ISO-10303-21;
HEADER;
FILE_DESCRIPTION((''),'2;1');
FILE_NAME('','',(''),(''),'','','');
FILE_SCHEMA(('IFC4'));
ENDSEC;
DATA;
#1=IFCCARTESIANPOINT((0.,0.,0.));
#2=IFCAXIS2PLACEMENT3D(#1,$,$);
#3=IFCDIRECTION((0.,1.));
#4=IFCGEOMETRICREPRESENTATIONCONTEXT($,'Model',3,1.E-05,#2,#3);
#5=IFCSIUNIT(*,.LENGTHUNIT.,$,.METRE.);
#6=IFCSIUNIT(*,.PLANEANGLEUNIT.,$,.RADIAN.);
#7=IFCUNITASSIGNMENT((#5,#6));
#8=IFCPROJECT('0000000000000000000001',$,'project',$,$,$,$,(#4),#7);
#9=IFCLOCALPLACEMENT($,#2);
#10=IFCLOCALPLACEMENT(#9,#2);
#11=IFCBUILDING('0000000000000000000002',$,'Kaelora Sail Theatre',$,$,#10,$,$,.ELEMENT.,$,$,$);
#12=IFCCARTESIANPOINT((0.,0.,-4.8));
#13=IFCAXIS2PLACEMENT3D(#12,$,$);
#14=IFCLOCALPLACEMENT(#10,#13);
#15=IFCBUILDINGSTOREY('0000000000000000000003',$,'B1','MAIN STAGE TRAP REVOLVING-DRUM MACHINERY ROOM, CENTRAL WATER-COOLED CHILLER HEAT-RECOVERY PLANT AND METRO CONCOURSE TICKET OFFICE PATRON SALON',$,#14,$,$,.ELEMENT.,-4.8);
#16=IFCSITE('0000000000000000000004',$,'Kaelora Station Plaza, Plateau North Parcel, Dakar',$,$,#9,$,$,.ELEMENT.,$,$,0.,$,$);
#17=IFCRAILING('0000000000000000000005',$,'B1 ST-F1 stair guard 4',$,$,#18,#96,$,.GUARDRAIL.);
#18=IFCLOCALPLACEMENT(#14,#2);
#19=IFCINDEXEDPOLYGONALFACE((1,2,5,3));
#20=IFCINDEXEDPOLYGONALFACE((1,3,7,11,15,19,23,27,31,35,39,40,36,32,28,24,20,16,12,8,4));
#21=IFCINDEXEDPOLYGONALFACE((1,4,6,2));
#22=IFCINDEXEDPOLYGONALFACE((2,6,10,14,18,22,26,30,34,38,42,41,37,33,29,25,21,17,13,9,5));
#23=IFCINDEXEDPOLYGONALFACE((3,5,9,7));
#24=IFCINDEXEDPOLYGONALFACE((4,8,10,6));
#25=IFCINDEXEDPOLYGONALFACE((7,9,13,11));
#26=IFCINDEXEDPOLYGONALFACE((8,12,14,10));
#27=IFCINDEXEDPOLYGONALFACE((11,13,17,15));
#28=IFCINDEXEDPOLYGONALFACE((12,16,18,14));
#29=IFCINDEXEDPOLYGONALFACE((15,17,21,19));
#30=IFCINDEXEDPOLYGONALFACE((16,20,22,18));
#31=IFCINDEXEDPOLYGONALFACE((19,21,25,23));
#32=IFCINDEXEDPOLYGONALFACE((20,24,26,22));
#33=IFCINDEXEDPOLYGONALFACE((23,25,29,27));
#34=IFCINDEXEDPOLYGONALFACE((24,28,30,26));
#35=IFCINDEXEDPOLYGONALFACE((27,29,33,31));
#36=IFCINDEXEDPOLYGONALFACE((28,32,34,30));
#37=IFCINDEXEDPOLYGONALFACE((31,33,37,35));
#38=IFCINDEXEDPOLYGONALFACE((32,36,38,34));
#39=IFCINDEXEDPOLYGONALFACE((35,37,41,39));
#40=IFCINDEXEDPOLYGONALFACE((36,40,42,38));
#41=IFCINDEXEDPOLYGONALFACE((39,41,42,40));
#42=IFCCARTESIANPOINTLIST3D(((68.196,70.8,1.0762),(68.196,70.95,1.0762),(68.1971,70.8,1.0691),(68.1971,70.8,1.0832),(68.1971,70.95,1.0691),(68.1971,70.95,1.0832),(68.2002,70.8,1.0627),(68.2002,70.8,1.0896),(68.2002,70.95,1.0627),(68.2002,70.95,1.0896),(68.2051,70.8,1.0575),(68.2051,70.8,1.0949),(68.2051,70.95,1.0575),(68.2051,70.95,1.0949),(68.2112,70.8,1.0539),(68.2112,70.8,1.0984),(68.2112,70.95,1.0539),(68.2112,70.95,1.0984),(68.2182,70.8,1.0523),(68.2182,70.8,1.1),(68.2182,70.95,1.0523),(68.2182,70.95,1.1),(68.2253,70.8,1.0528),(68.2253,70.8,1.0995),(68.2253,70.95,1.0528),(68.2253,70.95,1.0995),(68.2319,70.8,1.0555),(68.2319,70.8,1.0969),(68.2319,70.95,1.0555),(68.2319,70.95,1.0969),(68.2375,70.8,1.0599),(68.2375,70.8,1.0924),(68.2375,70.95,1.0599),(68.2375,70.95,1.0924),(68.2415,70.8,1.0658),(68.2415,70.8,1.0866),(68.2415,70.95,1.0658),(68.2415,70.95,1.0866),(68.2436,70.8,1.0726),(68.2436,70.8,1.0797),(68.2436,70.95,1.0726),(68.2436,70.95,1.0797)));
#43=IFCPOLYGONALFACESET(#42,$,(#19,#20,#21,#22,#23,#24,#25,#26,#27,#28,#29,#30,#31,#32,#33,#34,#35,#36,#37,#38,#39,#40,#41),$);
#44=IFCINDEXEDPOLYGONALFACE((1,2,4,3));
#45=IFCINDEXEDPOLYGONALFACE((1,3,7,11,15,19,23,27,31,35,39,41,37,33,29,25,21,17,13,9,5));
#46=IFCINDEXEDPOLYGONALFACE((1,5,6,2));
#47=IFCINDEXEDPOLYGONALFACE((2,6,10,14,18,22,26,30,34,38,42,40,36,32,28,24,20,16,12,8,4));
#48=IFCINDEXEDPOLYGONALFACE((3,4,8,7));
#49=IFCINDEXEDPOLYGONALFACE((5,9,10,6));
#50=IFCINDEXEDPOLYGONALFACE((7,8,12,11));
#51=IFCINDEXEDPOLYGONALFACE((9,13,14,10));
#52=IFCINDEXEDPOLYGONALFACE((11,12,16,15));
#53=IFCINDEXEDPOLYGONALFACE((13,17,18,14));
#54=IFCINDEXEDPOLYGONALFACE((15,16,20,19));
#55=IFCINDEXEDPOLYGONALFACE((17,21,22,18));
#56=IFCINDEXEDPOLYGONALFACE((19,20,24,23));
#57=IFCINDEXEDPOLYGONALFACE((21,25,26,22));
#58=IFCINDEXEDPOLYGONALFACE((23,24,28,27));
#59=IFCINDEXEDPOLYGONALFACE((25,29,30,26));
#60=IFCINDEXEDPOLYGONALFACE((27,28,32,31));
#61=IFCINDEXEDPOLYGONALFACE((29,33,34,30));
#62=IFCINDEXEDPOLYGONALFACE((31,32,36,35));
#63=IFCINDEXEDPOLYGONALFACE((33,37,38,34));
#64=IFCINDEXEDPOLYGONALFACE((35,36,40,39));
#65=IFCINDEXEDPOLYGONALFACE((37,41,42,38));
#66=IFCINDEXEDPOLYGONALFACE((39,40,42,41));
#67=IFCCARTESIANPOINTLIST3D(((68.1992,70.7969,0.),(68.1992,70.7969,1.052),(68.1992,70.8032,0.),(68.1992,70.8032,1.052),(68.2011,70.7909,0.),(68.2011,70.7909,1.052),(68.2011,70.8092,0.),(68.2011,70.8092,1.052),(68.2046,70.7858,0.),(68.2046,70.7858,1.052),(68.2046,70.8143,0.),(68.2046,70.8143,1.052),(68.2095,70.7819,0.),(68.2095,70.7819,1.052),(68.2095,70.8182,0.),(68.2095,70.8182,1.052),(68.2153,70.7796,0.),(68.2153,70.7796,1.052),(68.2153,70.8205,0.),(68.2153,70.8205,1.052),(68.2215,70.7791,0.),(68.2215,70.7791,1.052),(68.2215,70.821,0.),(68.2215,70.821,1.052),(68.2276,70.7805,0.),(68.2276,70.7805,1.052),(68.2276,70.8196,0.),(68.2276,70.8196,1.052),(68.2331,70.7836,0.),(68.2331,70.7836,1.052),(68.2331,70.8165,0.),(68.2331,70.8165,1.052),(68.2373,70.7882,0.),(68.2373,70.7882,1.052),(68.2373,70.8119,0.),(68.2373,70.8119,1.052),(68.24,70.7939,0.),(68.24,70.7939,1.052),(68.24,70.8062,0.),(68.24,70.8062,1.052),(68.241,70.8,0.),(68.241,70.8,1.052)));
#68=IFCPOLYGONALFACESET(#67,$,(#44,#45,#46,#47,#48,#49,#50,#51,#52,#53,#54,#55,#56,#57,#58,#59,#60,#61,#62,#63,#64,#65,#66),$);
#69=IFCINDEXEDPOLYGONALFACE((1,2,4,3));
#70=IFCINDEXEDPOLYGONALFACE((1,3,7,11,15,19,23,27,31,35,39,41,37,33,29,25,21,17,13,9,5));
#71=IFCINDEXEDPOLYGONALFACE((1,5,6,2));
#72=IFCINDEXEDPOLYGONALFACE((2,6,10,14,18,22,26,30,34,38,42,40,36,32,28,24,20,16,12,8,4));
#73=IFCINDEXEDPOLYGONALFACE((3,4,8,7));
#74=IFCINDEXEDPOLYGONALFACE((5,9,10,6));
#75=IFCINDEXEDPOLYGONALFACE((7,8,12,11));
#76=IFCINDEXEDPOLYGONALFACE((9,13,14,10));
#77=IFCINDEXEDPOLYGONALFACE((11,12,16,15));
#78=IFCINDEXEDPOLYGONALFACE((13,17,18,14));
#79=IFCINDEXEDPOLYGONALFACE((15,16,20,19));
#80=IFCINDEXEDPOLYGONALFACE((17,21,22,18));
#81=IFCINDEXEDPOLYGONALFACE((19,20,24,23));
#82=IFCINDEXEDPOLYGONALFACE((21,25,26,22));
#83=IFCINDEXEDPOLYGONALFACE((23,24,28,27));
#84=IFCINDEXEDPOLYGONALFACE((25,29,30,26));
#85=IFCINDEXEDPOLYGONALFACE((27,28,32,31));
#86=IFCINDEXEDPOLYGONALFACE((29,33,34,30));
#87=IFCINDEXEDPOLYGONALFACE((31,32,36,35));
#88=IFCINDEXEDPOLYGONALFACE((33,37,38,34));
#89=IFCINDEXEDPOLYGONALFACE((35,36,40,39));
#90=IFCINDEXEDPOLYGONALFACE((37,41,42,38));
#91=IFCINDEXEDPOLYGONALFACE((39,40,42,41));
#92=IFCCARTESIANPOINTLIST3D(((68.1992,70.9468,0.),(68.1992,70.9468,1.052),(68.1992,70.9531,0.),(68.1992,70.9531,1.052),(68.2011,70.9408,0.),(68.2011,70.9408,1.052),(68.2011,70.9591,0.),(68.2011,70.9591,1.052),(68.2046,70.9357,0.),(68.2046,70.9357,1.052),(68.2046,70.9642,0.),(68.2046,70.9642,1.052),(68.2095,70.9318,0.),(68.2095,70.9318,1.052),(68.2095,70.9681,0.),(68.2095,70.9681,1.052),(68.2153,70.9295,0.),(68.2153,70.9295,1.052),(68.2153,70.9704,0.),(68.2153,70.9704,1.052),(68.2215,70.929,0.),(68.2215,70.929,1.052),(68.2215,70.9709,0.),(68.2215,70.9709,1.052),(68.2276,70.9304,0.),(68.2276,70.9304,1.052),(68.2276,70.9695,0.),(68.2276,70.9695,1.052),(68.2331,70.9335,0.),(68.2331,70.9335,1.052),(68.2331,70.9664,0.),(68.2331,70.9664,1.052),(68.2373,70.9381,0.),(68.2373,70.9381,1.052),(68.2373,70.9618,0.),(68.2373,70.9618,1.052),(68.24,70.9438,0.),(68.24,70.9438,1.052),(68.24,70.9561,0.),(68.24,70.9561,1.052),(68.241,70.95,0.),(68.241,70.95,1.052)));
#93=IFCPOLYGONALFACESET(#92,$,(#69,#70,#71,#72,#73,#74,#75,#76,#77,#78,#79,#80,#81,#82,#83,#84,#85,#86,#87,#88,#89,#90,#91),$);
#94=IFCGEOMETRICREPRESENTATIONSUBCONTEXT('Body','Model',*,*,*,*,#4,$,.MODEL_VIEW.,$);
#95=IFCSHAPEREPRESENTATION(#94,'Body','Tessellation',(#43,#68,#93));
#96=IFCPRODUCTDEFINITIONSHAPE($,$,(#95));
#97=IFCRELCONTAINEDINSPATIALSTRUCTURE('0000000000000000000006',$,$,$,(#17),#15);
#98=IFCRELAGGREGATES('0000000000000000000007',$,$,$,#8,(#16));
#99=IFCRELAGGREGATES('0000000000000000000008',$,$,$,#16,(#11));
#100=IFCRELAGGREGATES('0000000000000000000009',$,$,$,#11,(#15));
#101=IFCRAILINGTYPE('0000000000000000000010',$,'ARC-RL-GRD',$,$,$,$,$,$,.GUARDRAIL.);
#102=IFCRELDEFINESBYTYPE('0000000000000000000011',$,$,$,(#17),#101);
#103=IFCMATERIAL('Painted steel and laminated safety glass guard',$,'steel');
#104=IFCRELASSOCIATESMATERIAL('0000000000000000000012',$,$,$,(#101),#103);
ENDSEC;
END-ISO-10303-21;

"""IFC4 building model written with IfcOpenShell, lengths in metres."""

from ifc_helpers import new_model, si_unit, direction, frame, origin, origin_2d, place, context, subcontext, project, spatial, circle, extrude, material, type_object, element, save


model = new_model("IFC4")

# Units and contexts
model_context = context("Model", 3, precision=1e-05, world=origin(), true_north=direction((0.0, 1.0)))
body_context = subcontext(model_context, "Body", "Model", "MODEL_VIEW")
ifc_project = project(units=[si_unit("LENGTHUNIT", "METRE"), si_unit("PLANEANGLEUNIT", "RADIAN")], contexts=[model_context])

# Site, building, storey
site_placement = place(None, origin())
site = spatial("IfcSite", under=ifc_project, at=site_placement, Name="Kaelora Station Plaza, Plateau North Parcel, Dakar", CompositionType="ELEMENT", RefElevation=0.0)
building_placement = place(site_placement, origin())
building = spatial("IfcBuilding", under=site, at=building_placement, Name="Kaelora Sail Theatre", CompositionType="ELEMENT")
storey_placement = place(building_placement, frame((0.0, 0.0, -4.8)))
storey = spatial("IfcBuildingStorey", under=building, at=storey_placement, Name="B1", Description="MAIN STAGE TRAP REVOLVING-DRUM MACHINERY ROOM, CENTRAL WATER-COOLED CHILLER HEAT-RECOVERY PLANT AND METRO CONCOURSE TICKET OFFICE PATRON SALON", CompositionType="ELEMENT", Elevation=-4.8)

# Railing
ifc_material_1 = material(Name="Painted steel and laminated safety glass guard", Category="steel")
railing_type_1 = type_object("IfcRailingType", Name="ARC-RL-GRD", PredefinedType="GUARDRAIL", material=ifc_material_1)
railing_1_placement = place(storey_placement, frame((68.22, 70.8, 0.0)))
element("IfcRailing", 1, at=railing_1_placement, inside=storey, type_object=railing_type_1, Name="B1 ST-F1 stair guard 4", PredefinedType="GUARDRAIL", context=body_context, shape_type="SweptSolid", body=[
    extrude(circle(Radius=0.0239, at=origin_2d()), frame((0.0, 0.0, 1.0762), z_axis=(0.0, 1.0, 0.0), x_axis=(-1.0, 0.0, 0.0)), (0.0, 0.0, 1.0), 0.1499),
    extrude(circle(Radius=0.021, at=origin_2d()), origin(), (0.0, 0.0, 1.0), 1.052),
    extrude(circle(Radius=0.021, at=origin_2d()), frame((0.0, 0.1499, 0.0)), (0.0, 0.0, 1.0), 1.052),
])

save(model, "model.ifc")
